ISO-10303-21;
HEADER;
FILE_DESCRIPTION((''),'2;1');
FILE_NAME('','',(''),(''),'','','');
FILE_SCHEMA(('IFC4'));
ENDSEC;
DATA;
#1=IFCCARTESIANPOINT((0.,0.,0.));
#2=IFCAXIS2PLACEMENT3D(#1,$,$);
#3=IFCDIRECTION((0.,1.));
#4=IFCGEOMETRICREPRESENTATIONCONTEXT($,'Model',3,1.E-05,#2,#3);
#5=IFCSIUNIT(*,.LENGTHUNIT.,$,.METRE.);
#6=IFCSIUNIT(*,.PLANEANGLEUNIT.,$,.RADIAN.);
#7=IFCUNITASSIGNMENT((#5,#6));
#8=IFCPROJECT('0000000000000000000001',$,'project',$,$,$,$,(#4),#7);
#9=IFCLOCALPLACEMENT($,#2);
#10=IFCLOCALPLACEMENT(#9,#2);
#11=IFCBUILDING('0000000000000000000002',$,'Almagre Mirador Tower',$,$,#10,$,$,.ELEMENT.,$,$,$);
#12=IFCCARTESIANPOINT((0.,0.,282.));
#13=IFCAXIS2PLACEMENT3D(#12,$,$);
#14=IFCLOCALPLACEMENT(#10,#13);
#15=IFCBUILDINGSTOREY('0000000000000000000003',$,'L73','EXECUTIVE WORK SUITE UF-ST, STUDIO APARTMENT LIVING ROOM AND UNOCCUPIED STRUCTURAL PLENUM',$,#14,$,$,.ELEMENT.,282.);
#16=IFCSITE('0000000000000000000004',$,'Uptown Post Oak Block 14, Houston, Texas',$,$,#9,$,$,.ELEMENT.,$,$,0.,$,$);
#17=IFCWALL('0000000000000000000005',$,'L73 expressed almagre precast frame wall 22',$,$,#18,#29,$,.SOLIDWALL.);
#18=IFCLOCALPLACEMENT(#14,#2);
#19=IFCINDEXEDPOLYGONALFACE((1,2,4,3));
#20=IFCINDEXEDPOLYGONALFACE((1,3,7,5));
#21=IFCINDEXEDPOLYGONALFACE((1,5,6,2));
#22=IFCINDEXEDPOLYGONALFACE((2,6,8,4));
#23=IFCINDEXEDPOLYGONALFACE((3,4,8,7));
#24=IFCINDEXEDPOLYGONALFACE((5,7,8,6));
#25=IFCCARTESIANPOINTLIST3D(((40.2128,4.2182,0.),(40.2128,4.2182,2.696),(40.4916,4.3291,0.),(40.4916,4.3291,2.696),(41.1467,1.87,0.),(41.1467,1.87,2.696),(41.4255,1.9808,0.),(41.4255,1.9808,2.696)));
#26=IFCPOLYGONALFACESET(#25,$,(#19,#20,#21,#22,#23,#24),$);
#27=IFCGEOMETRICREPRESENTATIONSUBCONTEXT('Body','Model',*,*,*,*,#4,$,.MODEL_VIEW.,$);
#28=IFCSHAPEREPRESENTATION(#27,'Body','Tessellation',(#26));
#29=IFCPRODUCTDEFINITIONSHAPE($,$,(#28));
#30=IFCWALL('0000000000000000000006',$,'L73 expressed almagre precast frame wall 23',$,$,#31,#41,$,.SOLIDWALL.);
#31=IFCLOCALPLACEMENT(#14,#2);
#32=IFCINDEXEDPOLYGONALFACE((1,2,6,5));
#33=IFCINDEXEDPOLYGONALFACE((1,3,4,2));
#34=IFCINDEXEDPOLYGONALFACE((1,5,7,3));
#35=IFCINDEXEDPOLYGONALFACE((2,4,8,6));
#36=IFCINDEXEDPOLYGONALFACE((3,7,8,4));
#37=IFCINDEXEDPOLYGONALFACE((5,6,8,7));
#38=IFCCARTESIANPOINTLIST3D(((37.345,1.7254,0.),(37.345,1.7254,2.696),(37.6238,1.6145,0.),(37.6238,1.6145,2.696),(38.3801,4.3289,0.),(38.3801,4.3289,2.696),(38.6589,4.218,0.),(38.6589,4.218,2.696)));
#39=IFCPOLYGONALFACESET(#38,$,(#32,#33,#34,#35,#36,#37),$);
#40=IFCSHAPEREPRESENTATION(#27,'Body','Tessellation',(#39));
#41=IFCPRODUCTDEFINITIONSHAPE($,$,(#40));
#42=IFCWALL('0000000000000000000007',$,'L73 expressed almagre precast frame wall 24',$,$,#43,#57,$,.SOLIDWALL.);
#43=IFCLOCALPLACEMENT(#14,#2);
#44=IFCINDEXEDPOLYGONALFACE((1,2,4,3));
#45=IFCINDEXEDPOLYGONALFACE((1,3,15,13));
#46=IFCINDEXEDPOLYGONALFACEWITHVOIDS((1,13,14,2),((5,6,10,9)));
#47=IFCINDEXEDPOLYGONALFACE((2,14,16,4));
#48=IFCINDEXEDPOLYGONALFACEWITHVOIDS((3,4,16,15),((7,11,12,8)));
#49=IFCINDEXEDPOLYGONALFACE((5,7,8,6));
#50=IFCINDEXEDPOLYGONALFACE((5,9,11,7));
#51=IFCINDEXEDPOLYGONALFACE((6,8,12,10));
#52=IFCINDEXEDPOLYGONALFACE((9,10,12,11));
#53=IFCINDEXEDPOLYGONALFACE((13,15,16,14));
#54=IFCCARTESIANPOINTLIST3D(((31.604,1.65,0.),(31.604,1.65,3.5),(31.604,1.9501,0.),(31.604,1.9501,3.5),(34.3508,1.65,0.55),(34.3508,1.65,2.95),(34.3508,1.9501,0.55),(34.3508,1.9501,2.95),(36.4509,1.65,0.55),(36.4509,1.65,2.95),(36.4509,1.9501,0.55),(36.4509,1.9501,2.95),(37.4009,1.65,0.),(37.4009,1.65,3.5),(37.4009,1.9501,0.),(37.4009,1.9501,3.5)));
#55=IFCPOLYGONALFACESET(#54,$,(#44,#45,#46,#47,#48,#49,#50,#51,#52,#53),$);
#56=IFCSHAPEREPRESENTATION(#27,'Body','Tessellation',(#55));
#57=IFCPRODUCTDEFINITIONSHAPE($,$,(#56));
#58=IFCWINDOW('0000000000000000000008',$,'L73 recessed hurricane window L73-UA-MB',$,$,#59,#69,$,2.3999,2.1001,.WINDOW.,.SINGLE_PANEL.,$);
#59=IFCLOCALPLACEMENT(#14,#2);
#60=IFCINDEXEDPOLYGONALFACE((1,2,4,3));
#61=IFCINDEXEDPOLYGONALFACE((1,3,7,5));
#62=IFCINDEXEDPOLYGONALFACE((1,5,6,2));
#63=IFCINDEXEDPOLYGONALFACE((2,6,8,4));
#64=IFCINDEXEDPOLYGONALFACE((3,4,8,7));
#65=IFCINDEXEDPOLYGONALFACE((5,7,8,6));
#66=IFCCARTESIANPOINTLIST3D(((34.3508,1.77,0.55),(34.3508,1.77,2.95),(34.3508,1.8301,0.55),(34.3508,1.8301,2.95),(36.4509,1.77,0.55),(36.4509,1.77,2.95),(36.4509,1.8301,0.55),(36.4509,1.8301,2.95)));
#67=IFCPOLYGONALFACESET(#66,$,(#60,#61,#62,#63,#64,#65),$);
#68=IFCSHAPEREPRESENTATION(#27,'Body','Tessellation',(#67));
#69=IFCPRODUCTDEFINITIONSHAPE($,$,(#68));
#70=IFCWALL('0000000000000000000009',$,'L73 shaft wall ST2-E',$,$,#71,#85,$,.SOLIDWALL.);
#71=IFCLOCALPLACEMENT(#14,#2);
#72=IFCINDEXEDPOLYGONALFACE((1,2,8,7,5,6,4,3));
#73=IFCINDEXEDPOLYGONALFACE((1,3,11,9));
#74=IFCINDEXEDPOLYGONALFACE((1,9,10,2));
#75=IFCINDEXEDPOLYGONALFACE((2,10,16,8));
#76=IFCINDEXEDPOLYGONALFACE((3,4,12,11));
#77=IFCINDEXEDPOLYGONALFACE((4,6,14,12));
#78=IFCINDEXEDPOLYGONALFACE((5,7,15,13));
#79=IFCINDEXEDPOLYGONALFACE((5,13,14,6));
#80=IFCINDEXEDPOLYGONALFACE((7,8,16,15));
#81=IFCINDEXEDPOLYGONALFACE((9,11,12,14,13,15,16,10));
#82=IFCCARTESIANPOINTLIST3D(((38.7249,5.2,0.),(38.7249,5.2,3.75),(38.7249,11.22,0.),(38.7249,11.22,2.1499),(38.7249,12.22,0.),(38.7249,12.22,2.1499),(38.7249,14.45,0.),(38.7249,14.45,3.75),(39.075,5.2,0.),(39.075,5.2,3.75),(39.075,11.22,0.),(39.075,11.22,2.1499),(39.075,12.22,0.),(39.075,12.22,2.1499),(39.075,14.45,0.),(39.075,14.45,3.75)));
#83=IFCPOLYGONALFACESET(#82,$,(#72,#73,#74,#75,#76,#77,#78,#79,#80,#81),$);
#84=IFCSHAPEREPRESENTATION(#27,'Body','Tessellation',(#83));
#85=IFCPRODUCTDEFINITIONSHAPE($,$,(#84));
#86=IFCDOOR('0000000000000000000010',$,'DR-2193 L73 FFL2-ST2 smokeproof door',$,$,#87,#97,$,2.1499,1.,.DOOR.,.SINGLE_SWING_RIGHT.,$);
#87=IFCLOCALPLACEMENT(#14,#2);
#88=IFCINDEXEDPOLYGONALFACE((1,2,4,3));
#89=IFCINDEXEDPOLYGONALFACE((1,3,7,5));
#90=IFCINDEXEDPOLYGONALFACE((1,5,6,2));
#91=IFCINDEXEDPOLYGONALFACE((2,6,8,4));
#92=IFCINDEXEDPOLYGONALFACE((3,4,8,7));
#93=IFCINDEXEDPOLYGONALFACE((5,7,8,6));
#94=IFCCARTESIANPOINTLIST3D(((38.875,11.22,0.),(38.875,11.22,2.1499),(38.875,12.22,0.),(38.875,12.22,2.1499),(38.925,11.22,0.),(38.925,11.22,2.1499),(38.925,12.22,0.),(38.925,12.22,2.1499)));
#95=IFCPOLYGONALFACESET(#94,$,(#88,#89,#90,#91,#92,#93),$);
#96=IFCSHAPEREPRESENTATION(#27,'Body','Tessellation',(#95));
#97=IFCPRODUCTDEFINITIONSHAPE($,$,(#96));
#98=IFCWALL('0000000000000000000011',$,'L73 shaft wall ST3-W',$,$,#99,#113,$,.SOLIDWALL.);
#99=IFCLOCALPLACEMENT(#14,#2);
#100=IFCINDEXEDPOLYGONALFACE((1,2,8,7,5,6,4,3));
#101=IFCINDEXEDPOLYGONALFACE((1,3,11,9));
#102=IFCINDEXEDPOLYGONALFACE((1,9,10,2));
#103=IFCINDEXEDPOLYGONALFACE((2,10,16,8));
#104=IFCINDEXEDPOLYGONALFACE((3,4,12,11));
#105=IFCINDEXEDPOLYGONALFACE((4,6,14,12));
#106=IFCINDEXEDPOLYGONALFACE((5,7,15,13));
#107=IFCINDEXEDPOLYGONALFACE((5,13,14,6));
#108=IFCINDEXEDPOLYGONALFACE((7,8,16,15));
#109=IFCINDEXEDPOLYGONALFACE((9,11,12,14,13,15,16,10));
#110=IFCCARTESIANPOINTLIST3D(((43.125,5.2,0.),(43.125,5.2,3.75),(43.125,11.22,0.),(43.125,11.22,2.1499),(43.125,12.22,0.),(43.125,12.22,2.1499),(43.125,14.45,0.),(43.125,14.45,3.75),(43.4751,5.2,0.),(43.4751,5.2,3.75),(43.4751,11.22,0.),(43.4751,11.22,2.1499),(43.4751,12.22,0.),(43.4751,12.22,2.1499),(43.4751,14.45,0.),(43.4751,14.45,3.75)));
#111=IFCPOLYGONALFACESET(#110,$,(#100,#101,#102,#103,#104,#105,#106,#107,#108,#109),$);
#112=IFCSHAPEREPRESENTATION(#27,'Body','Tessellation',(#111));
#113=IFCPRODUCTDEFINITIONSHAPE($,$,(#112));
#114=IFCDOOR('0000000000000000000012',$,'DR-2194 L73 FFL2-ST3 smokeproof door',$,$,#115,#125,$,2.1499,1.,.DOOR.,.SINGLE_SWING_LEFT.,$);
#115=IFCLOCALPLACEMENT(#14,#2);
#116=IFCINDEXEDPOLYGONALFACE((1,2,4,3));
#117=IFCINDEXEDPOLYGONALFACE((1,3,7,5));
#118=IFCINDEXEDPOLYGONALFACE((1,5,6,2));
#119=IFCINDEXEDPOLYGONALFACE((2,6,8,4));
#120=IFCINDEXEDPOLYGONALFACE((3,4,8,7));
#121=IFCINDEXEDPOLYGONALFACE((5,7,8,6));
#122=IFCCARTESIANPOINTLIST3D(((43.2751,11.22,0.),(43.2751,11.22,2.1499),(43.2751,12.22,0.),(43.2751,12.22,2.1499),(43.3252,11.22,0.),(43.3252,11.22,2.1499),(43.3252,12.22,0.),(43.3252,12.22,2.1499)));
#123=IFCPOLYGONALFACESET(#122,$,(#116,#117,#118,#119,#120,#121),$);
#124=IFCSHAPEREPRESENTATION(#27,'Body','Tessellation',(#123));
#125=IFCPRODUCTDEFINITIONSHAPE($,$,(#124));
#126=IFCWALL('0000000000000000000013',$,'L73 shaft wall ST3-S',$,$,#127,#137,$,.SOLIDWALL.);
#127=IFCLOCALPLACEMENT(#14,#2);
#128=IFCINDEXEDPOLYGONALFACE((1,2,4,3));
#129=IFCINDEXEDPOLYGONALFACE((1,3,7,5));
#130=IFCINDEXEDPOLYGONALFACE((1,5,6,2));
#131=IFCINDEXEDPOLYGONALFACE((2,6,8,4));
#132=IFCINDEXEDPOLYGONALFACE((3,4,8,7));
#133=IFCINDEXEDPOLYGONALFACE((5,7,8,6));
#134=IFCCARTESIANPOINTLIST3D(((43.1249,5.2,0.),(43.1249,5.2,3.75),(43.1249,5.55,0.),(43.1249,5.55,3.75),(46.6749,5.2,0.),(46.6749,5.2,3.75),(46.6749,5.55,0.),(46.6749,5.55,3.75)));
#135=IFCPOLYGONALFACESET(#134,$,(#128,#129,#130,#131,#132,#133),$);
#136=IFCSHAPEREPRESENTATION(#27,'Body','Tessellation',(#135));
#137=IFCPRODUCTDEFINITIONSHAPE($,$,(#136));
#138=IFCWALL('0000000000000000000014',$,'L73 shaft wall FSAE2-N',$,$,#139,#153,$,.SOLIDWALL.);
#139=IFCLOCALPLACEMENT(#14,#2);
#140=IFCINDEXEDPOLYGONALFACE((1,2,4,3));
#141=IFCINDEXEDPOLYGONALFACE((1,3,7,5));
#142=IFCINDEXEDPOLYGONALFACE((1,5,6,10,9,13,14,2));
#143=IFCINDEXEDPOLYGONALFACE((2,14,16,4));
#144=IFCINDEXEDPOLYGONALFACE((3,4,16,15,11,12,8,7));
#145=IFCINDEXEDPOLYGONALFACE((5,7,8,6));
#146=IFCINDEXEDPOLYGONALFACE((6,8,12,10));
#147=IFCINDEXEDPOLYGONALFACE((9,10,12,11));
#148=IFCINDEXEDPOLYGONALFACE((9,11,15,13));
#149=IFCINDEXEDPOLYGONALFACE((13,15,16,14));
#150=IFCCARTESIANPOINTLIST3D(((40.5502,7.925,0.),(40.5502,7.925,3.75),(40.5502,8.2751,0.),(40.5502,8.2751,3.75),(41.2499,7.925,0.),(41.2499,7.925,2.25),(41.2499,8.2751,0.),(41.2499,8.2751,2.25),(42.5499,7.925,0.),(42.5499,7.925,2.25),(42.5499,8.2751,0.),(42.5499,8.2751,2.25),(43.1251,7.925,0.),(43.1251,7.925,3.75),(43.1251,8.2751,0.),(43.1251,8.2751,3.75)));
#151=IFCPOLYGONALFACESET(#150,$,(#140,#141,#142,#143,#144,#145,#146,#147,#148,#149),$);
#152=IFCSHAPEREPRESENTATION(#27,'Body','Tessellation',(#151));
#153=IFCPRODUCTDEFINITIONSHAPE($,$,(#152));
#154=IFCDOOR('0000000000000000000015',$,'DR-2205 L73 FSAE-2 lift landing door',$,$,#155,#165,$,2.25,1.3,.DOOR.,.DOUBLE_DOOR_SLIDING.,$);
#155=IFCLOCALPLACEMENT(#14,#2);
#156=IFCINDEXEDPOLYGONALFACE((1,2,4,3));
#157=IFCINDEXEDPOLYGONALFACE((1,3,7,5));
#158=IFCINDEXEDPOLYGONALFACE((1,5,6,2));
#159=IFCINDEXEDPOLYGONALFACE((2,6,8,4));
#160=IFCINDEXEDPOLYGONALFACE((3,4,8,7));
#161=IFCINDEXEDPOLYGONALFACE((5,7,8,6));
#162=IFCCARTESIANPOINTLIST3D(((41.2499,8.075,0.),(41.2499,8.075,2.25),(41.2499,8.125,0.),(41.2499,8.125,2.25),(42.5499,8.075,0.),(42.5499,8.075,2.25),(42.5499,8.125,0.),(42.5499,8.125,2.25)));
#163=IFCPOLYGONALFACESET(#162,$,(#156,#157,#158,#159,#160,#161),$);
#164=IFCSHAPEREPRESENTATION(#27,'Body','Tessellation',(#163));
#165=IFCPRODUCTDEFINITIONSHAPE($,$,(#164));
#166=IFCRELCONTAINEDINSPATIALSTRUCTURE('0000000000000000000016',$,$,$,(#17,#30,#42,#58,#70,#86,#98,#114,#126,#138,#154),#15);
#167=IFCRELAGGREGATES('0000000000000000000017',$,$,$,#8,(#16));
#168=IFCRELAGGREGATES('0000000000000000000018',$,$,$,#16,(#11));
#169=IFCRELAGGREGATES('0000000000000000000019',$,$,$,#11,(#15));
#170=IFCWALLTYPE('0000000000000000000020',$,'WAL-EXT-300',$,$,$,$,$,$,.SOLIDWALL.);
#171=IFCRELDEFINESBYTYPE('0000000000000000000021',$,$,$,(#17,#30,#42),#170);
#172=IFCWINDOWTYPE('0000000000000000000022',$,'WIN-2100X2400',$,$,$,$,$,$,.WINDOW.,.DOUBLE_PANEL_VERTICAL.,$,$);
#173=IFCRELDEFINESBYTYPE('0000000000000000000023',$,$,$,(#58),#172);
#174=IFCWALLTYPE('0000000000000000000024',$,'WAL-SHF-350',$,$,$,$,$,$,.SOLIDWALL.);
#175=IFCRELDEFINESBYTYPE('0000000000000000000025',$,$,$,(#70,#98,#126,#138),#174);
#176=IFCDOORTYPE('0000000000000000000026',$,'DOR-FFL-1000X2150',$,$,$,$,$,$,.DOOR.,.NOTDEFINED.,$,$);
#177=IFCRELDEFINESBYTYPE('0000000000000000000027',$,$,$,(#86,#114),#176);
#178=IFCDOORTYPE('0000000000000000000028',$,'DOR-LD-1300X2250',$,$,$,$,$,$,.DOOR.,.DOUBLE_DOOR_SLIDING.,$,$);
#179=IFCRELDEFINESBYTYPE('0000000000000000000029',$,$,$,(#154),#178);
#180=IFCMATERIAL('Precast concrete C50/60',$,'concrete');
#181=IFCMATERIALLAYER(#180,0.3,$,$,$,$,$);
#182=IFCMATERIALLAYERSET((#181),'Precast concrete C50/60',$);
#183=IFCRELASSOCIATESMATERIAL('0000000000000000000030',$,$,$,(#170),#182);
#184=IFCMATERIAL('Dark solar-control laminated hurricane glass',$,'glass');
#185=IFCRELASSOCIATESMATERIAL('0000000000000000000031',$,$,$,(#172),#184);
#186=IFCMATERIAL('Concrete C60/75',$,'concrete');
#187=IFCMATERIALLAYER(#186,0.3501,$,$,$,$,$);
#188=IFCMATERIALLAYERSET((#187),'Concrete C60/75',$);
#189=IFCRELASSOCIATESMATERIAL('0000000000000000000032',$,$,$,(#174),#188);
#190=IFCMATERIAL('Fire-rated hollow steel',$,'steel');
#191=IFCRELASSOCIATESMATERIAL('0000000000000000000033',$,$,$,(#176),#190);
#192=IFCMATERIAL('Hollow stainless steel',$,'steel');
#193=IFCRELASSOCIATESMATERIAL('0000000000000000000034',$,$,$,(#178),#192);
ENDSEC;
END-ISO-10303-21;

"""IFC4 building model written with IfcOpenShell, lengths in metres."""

from ifc_helpers import new_model, si_unit, direction, frame, frame_2d, origin, place, context, subcontext, project, spatial, rectangle, extrude, material, layer, layer_set, type_object, element, fill, save


model = new_model("IFC4")

# Units and contexts
model_context = context("Model", 3, precision=1e-05, world=origin(), true_north=direction((0.0, 1.0)))
body_context = subcontext(model_context, "Body", "Model", "MODEL_VIEW")
ifc_project = project(units=[si_unit("LENGTHUNIT", "METRE"), si_unit("PLANEANGLEUNIT", "RADIAN")], contexts=[model_context])

# Site, building, storey
site_placement = place(None, origin())
site = spatial("IfcSite", under=ifc_project, at=site_placement, Name="Uptown Post Oak Block 14, Houston, Texas", CompositionType="ELEMENT", RefElevation=0.0)
building_placement = place(site_placement, origin())
building = spatial("IfcBuilding", under=site, at=building_placement, Name="Almagre Mirador Tower", CompositionType="ELEMENT")
storey_placement = place(building_placement, frame((0.0, 0.0, 282.0)))
storey = spatial("IfcBuildingStorey", under=building, at=storey_placement, Name="L73", Description="EXECUTIVE WORK SUITE UF-ST, STUDIO APARTMENT LIVING ROOM AND UNOCCUPIED STRUCTURAL PLENUM", CompositionType="ELEMENT", Elevation=282.0)

# Walls
ifc_material_1 = material(Name="Precast concrete C50/60", Category="concrete")
ifc_layer_1 = layer(ifc_material_1, 0.3)
ifc_layer_set_1 = layer_set([ifc_layer_1], Name="Precast concrete C50/60")
wall_type_1 = type_object("IfcWallType", Name="WAL-EXT-300", PredefinedType="SOLIDWALL", material=ifc_layer_set_1)
wall_1_placement = place(storey_placement, frame((41.2861, 1.9253, 0.0), z_axis=(0.0, 0.0, 1.0), x_axis=(-0.369541, 0.929214, 0.0)))
element("IfcWall", 1, at=wall_1_placement, inside=storey, type_object=wall_type_1, Name="L73 expressed almagre precast frame wall 22", PredefinedType="SOLIDWALL", context=body_context, shape_type="SweptSolid", body=[
    extrude(rectangle(XDim=2.5271, YDim=0.3, at=frame_2d((1.2637, 0.0))), origin(), (0.0, 0.0, 1.0), 2.696),
])
wall_2_placement = place(storey_placement, frame((38.5195, 4.2734, 0.0), z_axis=(0.0, 0.0, 1.0), x_axis=(-0.369467, -0.929244, 0.0)))
element("IfcWall", 2, at=wall_2_placement, inside=storey, type_object=wall_type_1, Name="L73 expressed almagre precast frame wall 23", PredefinedType="SOLIDWALL", context=body_context, shape_type="SweptSolid", body=[
    extrude(rectangle(XDim=2.8018, YDim=0.3, at=frame_2d((1.4009, 0.0))), origin(), (0.0, 0.0, 1.0), 2.696),
])

# Wall, opening, window
wall_3_placement = place(storey_placement, frame((37.4009, 1.8, 0.0), z_axis=(0.0, 0.0, 1.0), x_axis=(-1.0, 0.0, 0.0)))
wall_3 = element("IfcWall", 3, at=wall_3_placement, inside=storey, type_object=wall_type_1, Name="L73 expressed almagre precast frame wall 24", PredefinedType="SOLIDWALL", context=body_context, shape_type="SweptSolid", body=[
    extrude(rectangle(XDim=5.7969, YDim=0.3, at=frame_2d((2.8984, 0.0))), origin(), (0.0, 0.0, 1.0), 3.5),
])
opening_1_placement = place(wall_3_placement, frame((0.95, 0.0, 0.55)))
opening_1 = element("IfcOpeningElement", 4, at=opening_1_placement, cuts=wall_3, PredefinedType="OPENING", context=body_context, shape_type="SweptSolid", body=[
    extrude(rectangle(XDim=2.1001, YDim=2.3999, at=frame_2d((1.05, 1.2))), frame((0.0, 0.1599, 0.0), z_axis=(0.0, -1.0, 0.0), x_axis=(1.0, 0.0, 0.0)), (0.0, 0.0, 1.0), 0.32),
])
ifc_material_2 = material(Name="Dark solar-control laminated hurricane glass", Category="glass")
window_type = type_object("IfcWindowType", Name="WIN-2100X2400", PartitioningType="DOUBLE_PANEL_VERTICAL", PredefinedType="WINDOW", material=ifc_material_2)
window_placement = place(opening_1_placement, origin())
window = element("IfcWindow", 5, at=window_placement, inside=storey, type_object=window_type, Name="L73 recessed hurricane window L73-UA-MB", OverallHeight=2.3999, OverallWidth=2.1001, PartitioningType="SINGLE_PANEL", PredefinedType="WINDOW", context=body_context, shape_type="SweptSolid", body=[
    extrude(rectangle(XDim=2.1001, YDim=2.3999, at=frame_2d((1.05, 1.2))), frame((0.0, 0.03, 0.0), z_axis=(0.0, -1.0, 0.0), x_axis=(1.0, 0.0, 0.0)), (0.0, 0.0, 1.0), 0.0601),
])
fill(opening_1, window)

# Walls, openings, doors
ifc_material_3 = material(Name="Concrete C60/75", Category="concrete")
ifc_layer_2 = layer(ifc_material_3, 0.3501)
ifc_layer_set_2 = layer_set([ifc_layer_2], Name="Concrete C60/75")
wall_type_2 = type_object("IfcWallType", Name="WAL-SHF-350", PredefinedType="SOLIDWALL", material=ifc_layer_set_2)
wall_4_placement = place(storey_placement, frame((38.8999, 5.2, 0.0), z_axis=(0.0, 0.0, 1.0), x_axis=(0.0, 1.0, 0.0)))
wall_4 = element("IfcWall", 6, at=wall_4_placement, inside=storey, type_object=wall_type_2, Name="L73 shaft wall ST2-E", PredefinedType="SOLIDWALL", context=body_context, shape_type="SweptSolid", body=[
    extrude(rectangle(XDim=9.25, YDim=0.3501, at=frame_2d((4.625, 0.0))), origin(), (0.0, 0.0, 1.0), 3.75),
])
opening_2_placement = place(wall_4_placement, frame((6.02, 0.0, 0.0)))
opening_2 = element("IfcOpeningElement", 7, at=opening_2_placement, cuts=wall_4, PredefinedType="OPENING", context=body_context, shape_type="SweptSolid", body=[
    extrude(rectangle(XDim=1.0, YDim=2.1499, at=frame_2d((0.5, 1.075))), frame((0.0, 0.185, 0.0), z_axis=(0.0, -1.0, 0.0), x_axis=(1.0, 0.0, 0.0)), (0.0, 0.0, 1.0), 0.3701),
])
ifc_material_4 = material(Name="Fire-rated hollow steel", Category="steel")
door_type_1 = type_object("IfcDoorType", Name="DOR-FFL-1000X2150", OperationType="NOTDEFINED", PredefinedType="DOOR", material=ifc_material_4)
door_1_placement = place(opening_2_placement, origin())
door_1 = element("IfcDoor", 8, at=door_1_placement, inside=storey, type_object=door_type_1, Name="DR-2193 L73 FFL2-ST2 smokeproof door", OperationType="SINGLE_SWING_RIGHT", OverallHeight=2.1499, OverallWidth=1.0, PredefinedType="DOOR", context=body_context, shape_type="SweptSolid", body=[
    extrude(rectangle(XDim=1.0, YDim=2.1499, at=frame_2d((0.5, 1.075))), frame((0.0, 0.0249, 0.0), z_axis=(0.0, -1.0, 0.0), x_axis=(1.0, 0.0, 0.0)), (0.0, 0.0, 1.0), 0.05),
])
fill(opening_2, door_1)
wall_5_placement = place(storey_placement, frame((43.3, 5.2, 0.0), z_axis=(0.0, 0.0, 1.0), x_axis=(0.0, 1.0, 0.0)))
wall_5 = element("IfcWall", 9, at=wall_5_placement, inside=storey, type_object=wall_type_2, Name="L73 shaft wall ST3-W", PredefinedType="SOLIDWALL", context=body_context, shape_type="SweptSolid", body=[
    extrude(rectangle(XDim=9.25, YDim=0.3501, at=frame_2d((4.625, 0.0))), origin(), (0.0, 0.0, 1.0), 3.75),
])
opening_3_placement = place(wall_5_placement, frame((6.02, 0.0, 0.0)))
opening_3 = element("IfcOpeningElement", 10, at=opening_3_placement, cuts=wall_5, PredefinedType="OPENING", context=body_context, shape_type="SweptSolid", body=[
    extrude(rectangle(XDim=1.0, YDim=2.1499, at=frame_2d((0.5, 1.075))), frame((0.0, 0.185, 0.0), z_axis=(0.0, -1.0, 0.0), x_axis=(1.0, 0.0, 0.0)), (0.0, 0.0, 1.0), 0.3701),
])
door_2_placement = place(opening_3_placement, origin())
door_2 = element("IfcDoor", 11, at=door_2_placement, inside=storey, type_object=door_type_1, Name="DR-2194 L73 FFL2-ST3 smokeproof door", OperationType="SINGLE_SWING_LEFT", OverallHeight=2.1499, OverallWidth=1.0, PredefinedType="DOOR", context=body_context, shape_type="SweptSolid", body=[
    extrude(rectangle(XDim=1.0, YDim=2.1499, at=frame_2d((0.5, 1.075))), frame((0.0, 0.0249, 0.0), z_axis=(0.0, -1.0, 0.0), x_axis=(1.0, 0.0, 0.0)), (0.0, 0.0, 1.0), 0.05),
])
fill(opening_3, door_2)

# Wall
wall_6_placement = place(storey_placement, frame((43.125, 5.375, 0.0), z_axis=(0.0, 0.0, 1.0), x_axis=(1.0, 0.0, 0.0)))
element("IfcWall", 12, at=wall_6_placement, inside=storey, type_object=wall_type_2, Name="L73 shaft wall ST3-S", PredefinedType="SOLIDWALL", context=body_context, shape_type="SweptSolid", body=[
    extrude(rectangle(XDim=3.55, YDim=0.3501, at=frame_2d((1.7749, 0.0))), origin(), (0.0, 0.0, 1.0), 3.75),
])

# Wall, opening, door
wall_7_placement = place(storey_placement, frame((40.55, 8.1001, 0.0), z_axis=(0.0, 0.0, 1.0), x_axis=(1.0, 0.0, 0.0)))
wall_7 = element("IfcWall", 13, at=wall_7_placement, inside=storey, type_object=wall_type_2, Name="L73 shaft wall FSAE2-N", PredefinedType="SOLIDWALL", context=body_context, shape_type="SweptSolid", body=[
    extrude(rectangle(XDim=2.575, YDim=0.3501, at=frame_2d((1.2876, 0.0))), origin(), (0.0, 0.0, 1.0), 3.75),
])
opening_4_placement = place(wall_7_placement, frame((0.7, 0.0, 0.0)))
opening_4 = element("IfcOpeningElement", 14, at=opening_4_placement, cuts=wall_7, PredefinedType="OPENING", context=body_context, shape_type="SweptSolid", body=[
    extrude(rectangle(XDim=1.3, YDim=2.25, at=frame_2d((0.6499, 1.125))), frame((0.0, 0.185, 0.0), z_axis=(0.0, -1.0, 0.0), x_axis=(1.0, 0.0, 0.0)), (0.0, 0.0, 1.0), 0.3701),
])
ifc_material_5 = material(Name="Hollow stainless steel", Category="steel")
door_type_2 = type_object("IfcDoorType", Name="DOR-LD-1300X2250", OperationType="DOUBLE_DOOR_SLIDING", PredefinedType="DOOR", material=ifc_material_5)
door_3_placement = place(opening_4_placement, origin())
door_3 = element("IfcDoor", 15, at=door_3_placement, inside=storey, type_object=door_type_2, Name="DR-2205 L73 FSAE-2 lift landing door", OperationType="DOUBLE_DOOR_SLIDING", OverallHeight=2.25, OverallWidth=1.3, PredefinedType="DOOR", context=body_context, shape_type="SweptSolid", body=[
    extrude(rectangle(XDim=1.3, YDim=2.25, at=frame_2d((0.6499, 1.125))), frame((0.0, 0.0249, 0.0), z_axis=(0.0, -1.0, 0.0), x_axis=(1.0, 0.0, 0.0)), (0.0, 0.0, 1.0), 0.05),
])
fill(opening_4, door_3)

save(model, "model.ifc")
